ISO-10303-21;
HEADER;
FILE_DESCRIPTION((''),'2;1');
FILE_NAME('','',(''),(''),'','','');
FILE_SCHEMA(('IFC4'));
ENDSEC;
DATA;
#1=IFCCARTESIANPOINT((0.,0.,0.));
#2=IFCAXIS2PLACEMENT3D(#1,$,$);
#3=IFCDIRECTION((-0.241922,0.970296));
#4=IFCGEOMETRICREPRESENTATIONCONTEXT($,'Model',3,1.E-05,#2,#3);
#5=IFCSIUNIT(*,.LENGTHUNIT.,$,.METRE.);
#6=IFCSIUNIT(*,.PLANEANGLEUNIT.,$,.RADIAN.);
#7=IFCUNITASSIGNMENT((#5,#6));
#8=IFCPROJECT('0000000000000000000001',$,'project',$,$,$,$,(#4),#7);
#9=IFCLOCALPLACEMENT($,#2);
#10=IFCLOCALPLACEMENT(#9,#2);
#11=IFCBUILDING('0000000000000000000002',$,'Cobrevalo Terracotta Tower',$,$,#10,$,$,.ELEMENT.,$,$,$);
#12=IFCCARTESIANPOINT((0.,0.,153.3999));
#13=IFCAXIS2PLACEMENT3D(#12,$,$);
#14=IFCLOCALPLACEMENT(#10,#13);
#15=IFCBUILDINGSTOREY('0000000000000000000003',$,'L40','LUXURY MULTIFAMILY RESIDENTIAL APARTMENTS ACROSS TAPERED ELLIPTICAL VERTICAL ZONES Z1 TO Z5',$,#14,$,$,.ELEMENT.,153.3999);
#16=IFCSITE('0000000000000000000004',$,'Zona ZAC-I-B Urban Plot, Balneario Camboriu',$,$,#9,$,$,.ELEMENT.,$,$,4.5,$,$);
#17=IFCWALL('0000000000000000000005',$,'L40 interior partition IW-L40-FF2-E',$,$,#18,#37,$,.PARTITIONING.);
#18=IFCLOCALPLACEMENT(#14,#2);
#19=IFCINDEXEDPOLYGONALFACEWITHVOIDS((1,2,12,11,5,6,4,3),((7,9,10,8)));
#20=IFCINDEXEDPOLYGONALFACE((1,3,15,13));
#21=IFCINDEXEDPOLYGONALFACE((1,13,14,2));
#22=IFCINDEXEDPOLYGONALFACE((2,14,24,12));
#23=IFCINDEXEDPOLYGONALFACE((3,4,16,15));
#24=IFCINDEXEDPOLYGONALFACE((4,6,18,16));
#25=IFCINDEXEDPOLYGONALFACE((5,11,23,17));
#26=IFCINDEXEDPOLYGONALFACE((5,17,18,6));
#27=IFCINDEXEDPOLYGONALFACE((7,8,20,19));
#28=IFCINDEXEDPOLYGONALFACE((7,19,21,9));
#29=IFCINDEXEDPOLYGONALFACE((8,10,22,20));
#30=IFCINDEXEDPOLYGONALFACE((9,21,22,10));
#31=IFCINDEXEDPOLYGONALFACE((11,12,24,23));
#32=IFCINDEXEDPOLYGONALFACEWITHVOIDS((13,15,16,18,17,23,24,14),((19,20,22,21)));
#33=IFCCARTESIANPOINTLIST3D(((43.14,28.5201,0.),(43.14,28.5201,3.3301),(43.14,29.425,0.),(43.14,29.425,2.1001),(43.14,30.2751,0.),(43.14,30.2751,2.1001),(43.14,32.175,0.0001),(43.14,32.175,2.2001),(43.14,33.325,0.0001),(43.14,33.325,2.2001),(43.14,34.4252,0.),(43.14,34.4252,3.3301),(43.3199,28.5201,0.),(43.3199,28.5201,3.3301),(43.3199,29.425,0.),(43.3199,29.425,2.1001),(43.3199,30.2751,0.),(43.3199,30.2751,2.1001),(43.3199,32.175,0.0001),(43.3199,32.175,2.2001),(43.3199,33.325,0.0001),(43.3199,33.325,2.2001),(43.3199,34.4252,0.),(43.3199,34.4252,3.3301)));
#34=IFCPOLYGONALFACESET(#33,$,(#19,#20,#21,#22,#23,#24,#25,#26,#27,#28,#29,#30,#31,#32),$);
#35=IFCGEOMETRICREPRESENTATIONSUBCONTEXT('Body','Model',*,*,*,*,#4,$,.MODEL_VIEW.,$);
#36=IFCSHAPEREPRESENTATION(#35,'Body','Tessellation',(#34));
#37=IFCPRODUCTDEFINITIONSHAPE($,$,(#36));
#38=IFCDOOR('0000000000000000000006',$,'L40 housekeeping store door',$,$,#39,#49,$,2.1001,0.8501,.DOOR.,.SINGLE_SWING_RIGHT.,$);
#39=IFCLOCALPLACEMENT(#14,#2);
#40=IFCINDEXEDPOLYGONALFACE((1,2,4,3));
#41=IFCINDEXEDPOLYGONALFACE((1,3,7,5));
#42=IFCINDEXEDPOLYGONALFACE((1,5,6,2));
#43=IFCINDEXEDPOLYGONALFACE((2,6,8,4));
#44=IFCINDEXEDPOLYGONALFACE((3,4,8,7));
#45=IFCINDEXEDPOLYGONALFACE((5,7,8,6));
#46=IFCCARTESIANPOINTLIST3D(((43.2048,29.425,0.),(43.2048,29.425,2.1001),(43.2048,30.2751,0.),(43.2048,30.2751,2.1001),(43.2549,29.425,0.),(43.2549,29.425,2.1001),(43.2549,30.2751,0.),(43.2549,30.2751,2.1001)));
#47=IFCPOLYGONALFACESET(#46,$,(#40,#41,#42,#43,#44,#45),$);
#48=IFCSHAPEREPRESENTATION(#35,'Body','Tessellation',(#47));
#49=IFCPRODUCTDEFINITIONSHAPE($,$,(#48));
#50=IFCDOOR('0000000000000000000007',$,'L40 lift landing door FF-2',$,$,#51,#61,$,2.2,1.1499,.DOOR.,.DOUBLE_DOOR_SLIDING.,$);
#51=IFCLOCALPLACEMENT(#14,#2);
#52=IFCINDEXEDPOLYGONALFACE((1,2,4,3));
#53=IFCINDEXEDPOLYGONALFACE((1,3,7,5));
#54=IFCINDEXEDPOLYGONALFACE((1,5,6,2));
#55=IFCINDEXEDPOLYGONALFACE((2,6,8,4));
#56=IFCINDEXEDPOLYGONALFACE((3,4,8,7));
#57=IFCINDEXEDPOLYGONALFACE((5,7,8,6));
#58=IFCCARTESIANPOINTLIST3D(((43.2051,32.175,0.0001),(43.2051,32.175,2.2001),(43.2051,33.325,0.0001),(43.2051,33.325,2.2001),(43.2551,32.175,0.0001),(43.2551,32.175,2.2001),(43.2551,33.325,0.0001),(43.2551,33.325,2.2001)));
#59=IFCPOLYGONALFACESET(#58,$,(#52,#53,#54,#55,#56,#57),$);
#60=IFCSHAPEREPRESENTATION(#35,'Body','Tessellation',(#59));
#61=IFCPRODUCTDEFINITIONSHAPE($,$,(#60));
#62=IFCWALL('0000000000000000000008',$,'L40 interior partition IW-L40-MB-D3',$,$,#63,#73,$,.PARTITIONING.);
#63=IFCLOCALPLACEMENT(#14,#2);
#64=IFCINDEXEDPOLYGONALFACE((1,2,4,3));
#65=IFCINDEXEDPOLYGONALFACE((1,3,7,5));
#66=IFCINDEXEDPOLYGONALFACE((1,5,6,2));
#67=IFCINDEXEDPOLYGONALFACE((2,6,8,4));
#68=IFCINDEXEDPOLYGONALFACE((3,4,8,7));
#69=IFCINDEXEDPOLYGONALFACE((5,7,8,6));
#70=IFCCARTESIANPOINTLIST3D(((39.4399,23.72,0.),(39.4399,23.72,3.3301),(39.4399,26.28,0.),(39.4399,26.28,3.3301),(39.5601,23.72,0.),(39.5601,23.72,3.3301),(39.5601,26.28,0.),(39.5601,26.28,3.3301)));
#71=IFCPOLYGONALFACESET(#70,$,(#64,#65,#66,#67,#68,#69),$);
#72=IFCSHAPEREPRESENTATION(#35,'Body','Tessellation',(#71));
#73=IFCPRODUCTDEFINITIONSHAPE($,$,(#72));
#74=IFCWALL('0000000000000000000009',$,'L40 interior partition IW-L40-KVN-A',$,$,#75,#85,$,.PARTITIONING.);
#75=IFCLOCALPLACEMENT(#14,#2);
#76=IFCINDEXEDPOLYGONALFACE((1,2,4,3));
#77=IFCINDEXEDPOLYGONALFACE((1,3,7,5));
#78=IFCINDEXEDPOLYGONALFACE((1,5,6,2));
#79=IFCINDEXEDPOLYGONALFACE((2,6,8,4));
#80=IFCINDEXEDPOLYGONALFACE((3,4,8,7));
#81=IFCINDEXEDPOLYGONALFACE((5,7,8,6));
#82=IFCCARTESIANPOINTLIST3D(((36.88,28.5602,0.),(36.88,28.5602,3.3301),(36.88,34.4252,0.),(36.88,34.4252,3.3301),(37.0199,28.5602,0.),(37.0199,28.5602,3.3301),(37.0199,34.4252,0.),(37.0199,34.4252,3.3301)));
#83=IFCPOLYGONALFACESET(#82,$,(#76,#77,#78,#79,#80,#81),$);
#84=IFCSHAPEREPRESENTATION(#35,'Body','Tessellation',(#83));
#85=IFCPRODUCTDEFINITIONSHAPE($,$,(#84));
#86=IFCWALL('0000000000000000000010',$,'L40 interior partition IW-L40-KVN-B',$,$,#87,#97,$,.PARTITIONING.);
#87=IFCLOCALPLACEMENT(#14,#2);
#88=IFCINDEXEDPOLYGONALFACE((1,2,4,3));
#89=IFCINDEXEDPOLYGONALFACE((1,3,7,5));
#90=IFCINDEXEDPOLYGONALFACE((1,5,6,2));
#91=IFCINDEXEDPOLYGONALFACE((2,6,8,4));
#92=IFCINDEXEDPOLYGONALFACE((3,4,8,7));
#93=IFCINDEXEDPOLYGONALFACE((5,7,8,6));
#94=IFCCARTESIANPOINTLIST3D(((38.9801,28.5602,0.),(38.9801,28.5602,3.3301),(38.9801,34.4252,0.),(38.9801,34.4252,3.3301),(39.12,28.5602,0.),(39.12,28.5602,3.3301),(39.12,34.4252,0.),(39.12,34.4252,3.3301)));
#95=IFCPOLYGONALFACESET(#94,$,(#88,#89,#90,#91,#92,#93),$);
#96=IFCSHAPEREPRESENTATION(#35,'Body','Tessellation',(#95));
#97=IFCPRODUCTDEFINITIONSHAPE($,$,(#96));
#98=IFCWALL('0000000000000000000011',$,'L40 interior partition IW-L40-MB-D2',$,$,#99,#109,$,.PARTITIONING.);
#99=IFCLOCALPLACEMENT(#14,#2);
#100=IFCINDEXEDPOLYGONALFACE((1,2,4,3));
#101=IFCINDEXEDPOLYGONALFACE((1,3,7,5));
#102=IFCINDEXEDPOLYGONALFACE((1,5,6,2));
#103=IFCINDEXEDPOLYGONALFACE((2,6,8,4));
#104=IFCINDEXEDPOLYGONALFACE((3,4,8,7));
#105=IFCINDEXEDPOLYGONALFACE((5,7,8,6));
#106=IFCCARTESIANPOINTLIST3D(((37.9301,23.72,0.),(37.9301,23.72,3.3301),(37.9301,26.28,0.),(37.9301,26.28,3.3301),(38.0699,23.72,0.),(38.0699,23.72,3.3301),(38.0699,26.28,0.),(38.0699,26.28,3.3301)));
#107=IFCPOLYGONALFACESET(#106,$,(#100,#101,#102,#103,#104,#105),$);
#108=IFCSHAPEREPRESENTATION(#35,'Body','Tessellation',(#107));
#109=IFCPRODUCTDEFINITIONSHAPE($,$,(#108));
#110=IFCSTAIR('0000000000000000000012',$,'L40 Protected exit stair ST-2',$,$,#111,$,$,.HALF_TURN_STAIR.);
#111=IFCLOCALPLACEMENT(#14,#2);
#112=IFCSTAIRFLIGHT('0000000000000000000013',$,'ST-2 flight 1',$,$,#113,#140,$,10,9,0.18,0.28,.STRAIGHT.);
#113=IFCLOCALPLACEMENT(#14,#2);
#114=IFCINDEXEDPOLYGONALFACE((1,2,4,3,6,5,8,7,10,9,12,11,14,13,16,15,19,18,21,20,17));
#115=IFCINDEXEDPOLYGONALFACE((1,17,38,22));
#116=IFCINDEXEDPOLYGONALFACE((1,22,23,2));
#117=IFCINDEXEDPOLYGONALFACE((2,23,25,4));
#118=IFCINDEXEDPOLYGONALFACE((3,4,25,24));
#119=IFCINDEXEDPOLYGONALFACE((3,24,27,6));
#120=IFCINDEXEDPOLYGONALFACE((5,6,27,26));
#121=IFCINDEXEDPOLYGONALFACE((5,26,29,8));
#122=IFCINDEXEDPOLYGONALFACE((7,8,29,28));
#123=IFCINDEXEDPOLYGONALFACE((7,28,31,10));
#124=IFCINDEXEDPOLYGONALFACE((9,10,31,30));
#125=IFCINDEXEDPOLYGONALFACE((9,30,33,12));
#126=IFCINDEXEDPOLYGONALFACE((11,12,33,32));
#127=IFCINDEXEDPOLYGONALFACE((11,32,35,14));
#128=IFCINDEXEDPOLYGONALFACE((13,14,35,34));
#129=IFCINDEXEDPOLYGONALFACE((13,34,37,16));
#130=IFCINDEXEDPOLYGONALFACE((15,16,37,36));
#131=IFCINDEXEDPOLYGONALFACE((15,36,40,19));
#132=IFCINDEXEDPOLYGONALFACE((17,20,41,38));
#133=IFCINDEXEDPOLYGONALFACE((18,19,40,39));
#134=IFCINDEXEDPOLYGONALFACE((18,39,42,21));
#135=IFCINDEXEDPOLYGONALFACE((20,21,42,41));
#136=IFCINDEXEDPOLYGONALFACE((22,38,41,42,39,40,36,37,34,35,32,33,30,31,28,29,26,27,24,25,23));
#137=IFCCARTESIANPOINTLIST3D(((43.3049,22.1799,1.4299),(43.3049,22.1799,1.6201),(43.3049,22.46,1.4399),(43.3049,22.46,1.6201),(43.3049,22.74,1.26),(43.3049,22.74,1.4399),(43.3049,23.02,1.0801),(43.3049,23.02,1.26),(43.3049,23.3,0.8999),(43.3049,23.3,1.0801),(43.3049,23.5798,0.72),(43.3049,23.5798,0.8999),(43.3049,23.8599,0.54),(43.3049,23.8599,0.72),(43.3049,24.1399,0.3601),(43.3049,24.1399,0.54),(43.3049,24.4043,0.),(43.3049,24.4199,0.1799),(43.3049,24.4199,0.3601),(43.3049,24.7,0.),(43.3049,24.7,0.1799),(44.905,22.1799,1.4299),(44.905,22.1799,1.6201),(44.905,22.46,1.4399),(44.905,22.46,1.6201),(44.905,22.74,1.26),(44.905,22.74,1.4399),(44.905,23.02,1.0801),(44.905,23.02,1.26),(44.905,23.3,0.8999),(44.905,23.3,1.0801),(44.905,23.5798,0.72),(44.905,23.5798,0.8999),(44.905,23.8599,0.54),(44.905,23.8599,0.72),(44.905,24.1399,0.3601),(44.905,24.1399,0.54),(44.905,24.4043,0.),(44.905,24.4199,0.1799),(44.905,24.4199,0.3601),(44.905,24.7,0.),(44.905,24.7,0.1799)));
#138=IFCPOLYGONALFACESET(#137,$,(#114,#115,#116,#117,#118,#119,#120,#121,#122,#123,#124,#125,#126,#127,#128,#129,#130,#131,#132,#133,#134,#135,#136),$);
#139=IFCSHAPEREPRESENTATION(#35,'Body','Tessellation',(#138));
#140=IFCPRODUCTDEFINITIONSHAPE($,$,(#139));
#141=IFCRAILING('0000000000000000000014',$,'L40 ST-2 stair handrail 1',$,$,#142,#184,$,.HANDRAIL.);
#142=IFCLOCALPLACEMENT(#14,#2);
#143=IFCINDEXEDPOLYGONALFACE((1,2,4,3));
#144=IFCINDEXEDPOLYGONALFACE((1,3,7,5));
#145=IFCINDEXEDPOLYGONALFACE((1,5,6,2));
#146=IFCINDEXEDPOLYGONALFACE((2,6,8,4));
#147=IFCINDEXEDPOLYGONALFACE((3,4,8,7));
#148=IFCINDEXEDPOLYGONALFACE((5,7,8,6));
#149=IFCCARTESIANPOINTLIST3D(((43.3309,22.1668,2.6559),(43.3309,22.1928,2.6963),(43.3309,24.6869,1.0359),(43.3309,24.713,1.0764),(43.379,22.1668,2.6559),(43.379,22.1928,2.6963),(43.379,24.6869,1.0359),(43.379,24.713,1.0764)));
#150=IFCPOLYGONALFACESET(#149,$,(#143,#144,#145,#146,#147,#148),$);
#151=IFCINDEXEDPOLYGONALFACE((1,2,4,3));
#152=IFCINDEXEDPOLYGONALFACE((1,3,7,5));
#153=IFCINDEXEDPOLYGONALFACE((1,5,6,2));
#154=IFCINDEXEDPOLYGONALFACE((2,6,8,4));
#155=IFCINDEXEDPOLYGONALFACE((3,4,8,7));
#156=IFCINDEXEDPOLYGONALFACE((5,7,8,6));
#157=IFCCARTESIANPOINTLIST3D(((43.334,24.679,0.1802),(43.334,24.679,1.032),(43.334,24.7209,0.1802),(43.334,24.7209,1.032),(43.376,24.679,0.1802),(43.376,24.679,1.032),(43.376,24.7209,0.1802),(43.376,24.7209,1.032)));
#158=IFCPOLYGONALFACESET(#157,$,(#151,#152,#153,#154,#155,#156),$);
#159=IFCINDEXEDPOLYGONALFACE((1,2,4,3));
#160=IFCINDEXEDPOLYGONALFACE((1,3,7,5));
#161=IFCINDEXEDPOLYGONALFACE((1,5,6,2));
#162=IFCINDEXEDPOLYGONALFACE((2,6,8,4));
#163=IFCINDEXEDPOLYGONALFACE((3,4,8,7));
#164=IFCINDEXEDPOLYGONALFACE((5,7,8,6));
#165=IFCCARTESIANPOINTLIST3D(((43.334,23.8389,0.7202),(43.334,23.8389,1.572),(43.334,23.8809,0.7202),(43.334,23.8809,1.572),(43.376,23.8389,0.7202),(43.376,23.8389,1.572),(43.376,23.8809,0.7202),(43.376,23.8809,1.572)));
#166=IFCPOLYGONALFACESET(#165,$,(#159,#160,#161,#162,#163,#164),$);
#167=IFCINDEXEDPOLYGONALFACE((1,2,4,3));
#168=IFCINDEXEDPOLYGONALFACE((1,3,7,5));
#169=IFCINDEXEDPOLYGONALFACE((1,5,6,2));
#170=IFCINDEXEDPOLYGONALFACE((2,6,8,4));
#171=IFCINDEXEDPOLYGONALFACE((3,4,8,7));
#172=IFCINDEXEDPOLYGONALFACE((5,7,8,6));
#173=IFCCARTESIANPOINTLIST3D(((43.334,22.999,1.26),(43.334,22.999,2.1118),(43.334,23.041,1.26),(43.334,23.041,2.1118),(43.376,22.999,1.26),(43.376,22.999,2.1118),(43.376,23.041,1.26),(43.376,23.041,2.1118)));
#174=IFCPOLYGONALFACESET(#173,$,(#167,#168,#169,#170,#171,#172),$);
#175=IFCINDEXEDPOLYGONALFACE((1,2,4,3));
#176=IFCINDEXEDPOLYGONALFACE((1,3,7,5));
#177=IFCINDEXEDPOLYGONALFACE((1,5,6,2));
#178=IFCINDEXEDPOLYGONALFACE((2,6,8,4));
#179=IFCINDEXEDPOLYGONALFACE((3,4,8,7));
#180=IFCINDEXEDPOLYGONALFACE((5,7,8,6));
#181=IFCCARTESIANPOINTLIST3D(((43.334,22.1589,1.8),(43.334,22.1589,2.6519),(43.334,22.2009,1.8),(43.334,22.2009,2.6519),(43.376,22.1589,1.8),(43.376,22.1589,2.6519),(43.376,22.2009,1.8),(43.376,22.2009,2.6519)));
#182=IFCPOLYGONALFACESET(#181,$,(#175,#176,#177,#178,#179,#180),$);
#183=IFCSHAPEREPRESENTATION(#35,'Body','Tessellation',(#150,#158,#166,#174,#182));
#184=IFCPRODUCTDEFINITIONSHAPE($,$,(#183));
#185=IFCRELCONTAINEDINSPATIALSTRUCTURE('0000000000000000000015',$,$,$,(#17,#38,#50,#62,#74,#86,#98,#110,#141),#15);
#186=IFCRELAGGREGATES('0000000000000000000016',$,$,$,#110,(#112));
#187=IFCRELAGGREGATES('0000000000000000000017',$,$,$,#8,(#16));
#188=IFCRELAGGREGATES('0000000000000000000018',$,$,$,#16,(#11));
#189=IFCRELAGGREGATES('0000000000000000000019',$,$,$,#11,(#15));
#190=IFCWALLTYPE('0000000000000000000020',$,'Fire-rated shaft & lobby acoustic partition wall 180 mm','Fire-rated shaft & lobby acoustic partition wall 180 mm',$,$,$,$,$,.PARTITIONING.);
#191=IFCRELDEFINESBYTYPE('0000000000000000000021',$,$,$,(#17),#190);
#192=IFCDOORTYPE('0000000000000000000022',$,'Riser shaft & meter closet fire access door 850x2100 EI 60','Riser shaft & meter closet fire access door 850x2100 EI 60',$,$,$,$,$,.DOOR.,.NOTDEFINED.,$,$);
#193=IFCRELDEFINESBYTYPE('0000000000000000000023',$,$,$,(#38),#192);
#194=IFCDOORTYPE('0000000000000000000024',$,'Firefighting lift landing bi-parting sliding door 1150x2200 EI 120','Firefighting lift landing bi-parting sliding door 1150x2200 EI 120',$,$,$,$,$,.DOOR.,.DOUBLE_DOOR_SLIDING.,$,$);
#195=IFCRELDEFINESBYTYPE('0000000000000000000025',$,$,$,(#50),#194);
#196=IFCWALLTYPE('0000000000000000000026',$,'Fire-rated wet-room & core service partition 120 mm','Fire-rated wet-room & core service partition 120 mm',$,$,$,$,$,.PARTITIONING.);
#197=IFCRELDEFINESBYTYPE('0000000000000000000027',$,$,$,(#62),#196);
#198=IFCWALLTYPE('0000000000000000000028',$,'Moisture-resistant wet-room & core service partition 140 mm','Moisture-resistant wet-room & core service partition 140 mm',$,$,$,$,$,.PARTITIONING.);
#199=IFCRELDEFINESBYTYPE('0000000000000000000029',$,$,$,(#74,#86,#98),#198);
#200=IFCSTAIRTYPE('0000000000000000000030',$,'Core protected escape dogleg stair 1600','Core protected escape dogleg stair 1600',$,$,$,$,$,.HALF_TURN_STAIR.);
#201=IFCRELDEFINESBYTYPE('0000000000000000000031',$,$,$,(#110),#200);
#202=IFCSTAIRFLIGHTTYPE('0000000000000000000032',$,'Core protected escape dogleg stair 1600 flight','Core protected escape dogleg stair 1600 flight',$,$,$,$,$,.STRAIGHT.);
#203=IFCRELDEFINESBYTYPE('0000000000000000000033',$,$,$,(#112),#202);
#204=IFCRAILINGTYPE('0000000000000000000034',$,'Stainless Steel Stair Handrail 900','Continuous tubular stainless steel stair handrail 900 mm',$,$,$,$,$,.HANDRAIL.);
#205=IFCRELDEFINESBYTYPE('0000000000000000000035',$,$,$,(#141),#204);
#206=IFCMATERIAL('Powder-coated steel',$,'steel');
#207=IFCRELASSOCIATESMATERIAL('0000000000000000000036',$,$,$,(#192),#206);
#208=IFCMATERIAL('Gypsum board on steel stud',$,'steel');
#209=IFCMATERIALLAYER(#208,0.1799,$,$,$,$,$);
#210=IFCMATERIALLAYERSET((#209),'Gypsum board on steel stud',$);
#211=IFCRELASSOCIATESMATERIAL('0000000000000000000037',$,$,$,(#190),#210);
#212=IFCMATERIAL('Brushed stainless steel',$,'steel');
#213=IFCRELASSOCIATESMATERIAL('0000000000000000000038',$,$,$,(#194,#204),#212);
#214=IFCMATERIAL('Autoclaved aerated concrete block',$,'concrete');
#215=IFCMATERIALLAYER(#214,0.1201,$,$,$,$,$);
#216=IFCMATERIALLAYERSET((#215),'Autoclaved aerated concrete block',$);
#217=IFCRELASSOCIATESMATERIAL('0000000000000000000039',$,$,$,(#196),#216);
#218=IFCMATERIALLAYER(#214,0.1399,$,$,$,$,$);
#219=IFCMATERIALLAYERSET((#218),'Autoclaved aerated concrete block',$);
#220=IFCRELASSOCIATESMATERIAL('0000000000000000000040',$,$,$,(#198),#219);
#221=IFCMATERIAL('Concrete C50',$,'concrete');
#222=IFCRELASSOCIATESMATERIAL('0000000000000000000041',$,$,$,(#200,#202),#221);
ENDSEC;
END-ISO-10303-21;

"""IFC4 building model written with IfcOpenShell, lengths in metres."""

from ifc_helpers import new_model, si_unit, direction, frame, frame_2d, origin, origin_2d, place, context, subcontext, project, spatial, polyline, rectangle, outline, extrude, source, transform, mapped, material, layer, layer_set, type_object, element, fill, aggregate, save


model = new_model("IFC4")

# Units and contexts
model_context = context("Model", 3, precision=1e-05, world=origin(), true_north=direction((-0.241922, 0.970296)))
body_context = subcontext(model_context, "Body", "Model", "MODEL_VIEW")
ifc_project = project(units=[si_unit("LENGTHUNIT", "METRE"), si_unit("PLANEANGLEUNIT", "RADIAN")], contexts=[model_context])

# Site, building, storey
site_placement = place(None, origin())
site = spatial("IfcSite", under=ifc_project, at=site_placement, Name="Zona ZAC-I-B Urban Plot, Balneario Camboriu", CompositionType="ELEMENT", RefElevation=4.5)
building_placement = place(site_placement, origin())
building = spatial("IfcBuilding", under=site, at=building_placement, Name="Cobrevalo Terracotta Tower", CompositionType="ELEMENT")
storey_placement = place(building_placement, frame((0.0, 0.0, 153.3999)))
storey = spatial("IfcBuildingStorey", under=building, at=storey_placement, Name="L40", Description="LUXURY MULTIFAMILY RESIDENTIAL APARTMENTS ACROSS TAPERED ELLIPTICAL VERTICAL ZONES Z1 TO Z5", CompositionType="ELEMENT", Elevation=153.3999)

# Shared definitions
ifc_material_1 = material(Name="Gypsum board on steel stud", Category="steel")

# Shared definitions
ifc_material_2 = material(Name="Powder-coated steel", Category="steel")
door_type_1 = type_object("IfcDoorType", Name="Riser shaft & meter closet fire access door 850x2100 EI 60", Description="Riser shaft & meter closet fire access door 850x2100 EI 60", OperationType="NOTDEFINED", PredefinedType="DOOR", material=ifc_material_2)
shared_shape_1 = source(origin(), body_context, "Body", "SweptSolid", [
    extrude(rectangle(XDim=0.8501, YDim=2.1001, at=frame_2d((0.425, 1.05))), frame((0.0, 0.0249, 0.0), z_axis=(0.0, -1.0, 0.0), x_axis=(1.0, 0.0, 0.0)), (0.0, 0.0, 1.0), 0.05),
])
ifc_material_3 = material(Name="Brushed stainless steel", Category="steel")

# Shared definitions
ifc_layer_1 = layer(ifc_material_1, 0.1799)
ifc_layer_set_1 = layer_set([ifc_layer_1], Name="Gypsum board on steel stud")
wall_type_1 = type_object("IfcWallType", Name="Fire-rated shaft & lobby acoustic partition wall 180 mm", Description="Fire-rated shaft & lobby acoustic partition wall 180 mm", PredefinedType="PARTITIONING", material=ifc_layer_set_1)

# Wall, openings, doors
wall_1_placement = place(storey_placement, frame((43.23, 28.52, 0.0), z_axis=(0.0, 0.0, 1.0), x_axis=(0.0, 1.0, 0.0)))
wall_1 = element("IfcWall", 1, at=wall_1_placement, inside=storey, type_object=wall_type_1, Name="L40 interior partition IW-L40-FF2-E", PredefinedType="PARTITIONING", context=body_context, shape_type="SweptSolid", body=[
    extrude(rectangle(XDim=5.905, YDim=0.1799, at=frame_2d((2.9526, 0.0))), origin(), (0.0, 0.0, 1.0), 3.3301),
])
opening_1_placement = place(wall_1_placement, frame((0.905, 0.0, 0.0)))
opening_1 = element("IfcOpeningElement", 2, at=opening_1_placement, cuts=wall_1, PredefinedType="OPENING", context=body_context, shape_type="SweptSolid", body=[
    extrude(rectangle(XDim=0.8501, YDim=2.1001, at=frame_2d((0.425, 1.05))), frame((0.0, 0.1001, 0.0), z_axis=(0.0, -1.0, 0.0), x_axis=(1.0, 0.0, 0.0)), (0.0, 0.0, 1.0), 0.2),
])
opening_2_placement = place(wall_1_placement, frame((3.655, 0.0, 0.0)))
opening_2 = element("IfcOpeningElement", 3, at=opening_2_placement, cuts=wall_1, PredefinedType="OPENING", context=body_context, shape_type="SweptSolid", body=[
    extrude(rectangle(XDim=1.1499, YDim=2.2, at=frame_2d((0.575, 1.1001))), frame((0.0, 0.1001, 0.0), z_axis=(0.0, -1.0, 0.0), x_axis=(1.0, 0.0, 0.0)), (0.0, 0.0, 1.0), 0.2),
])
door_1_placement = place(opening_1_placement, frame((0.8501, 0.0, 0.0), z_axis=(0.0, 0.0, 1.0), x_axis=(-1.0, 0.0, 0.0)))
door_1 = element("IfcDoor", 4, at=door_1_placement, inside=storey, type_object=door_type_1, Name="L40 housekeeping store door", OperationType="SINGLE_SWING_RIGHT", OverallHeight=2.1001, OverallWidth=0.8501, PredefinedType="DOOR", context=body_context, shape_type="MappedRepresentation", body=[
    mapped(shared_shape_1, transform((0.0, 0.0, 0.0), scale=1.0)),
])
fill(opening_1, door_1)
door_type_2 = type_object("IfcDoorType", Name="Firefighting lift landing bi-parting sliding door 1150x2200 EI 120", Description="Firefighting lift landing bi-parting sliding door 1150x2200 EI 120", OperationType="DOUBLE_DOOR_SLIDING", PredefinedType="DOOR", material=ifc_material_3)
shared_shape_2 = source(origin(), body_context, "Body", "SweptSolid", [
    extrude(rectangle(XDim=1.1499, YDim=2.2, at=frame_2d((0.575, 1.1001))), frame((0.0, 0.0249, 0.0), z_axis=(0.0, -1.0, 0.0), x_axis=(1.0, 0.0, 0.0)), (0.0, 0.0, 1.0), 0.05),
])
door_2_placement = place(opening_2_placement, origin())
door_2 = element("IfcDoor", 5, at=door_2_placement, inside=storey, type_object=door_type_2, Name="L40 lift landing door FF-2", OperationType="DOUBLE_DOOR_SLIDING", OverallHeight=2.2, OverallWidth=1.1499, PredefinedType="DOOR", context=body_context, shape_type="MappedRepresentation", body=[
    mapped(shared_shape_2, transform((0.0, 0.0, 0.0), scale=1.0)),
])
fill(opening_2, door_2)

# Walls
ifc_material_4 = material(Name="Autoclaved aerated concrete block", Category="concrete")
ifc_layer_2 = layer(ifc_material_4, 0.1201)
ifc_layer_set_2 = layer_set([ifc_layer_2], Name="Autoclaved aerated concrete block")
wall_type_2 = type_object("IfcWallType", Name="Fire-rated wet-room & core service partition 120 mm", Description="Fire-rated wet-room & core service partition 120 mm", PredefinedType="PARTITIONING", material=ifc_layer_set_2)
wall_2_placement = place(storey_placement, frame((39.5, 23.72, 0.0), z_axis=(0.0, 0.0, 1.0), x_axis=(0.0, 1.0, 0.0)))
element("IfcWall", 6, at=wall_2_placement, inside=storey, type_object=wall_type_2, Name="L40 interior partition IW-L40-MB-D3", PredefinedType="PARTITIONING", context=body_context, shape_type="SweptSolid", body=[
    extrude(rectangle(XDim=2.5601, YDim=0.1201, at=frame_2d((1.28, 0.0))), origin(), (0.0, 0.0, 1.0), 3.3301),
])
ifc_layer_3 = layer(ifc_material_4, 0.1399)
ifc_layer_set_3 = layer_set([ifc_layer_3], Name="Autoclaved aerated concrete block")
wall_type_3 = type_object("IfcWallType", Name="Moisture-resistant wet-room & core service partition 140 mm", Description="Moisture-resistant wet-room & core service partition 140 mm", PredefinedType="PARTITIONING", material=ifc_layer_set_3)
for number, where, z_axis, x_axis, name in (
    (7, (36.95, 28.5601, 0.0), (0.0, 0.0, 1.0), (0.0, 1.0, 0.0), "L40 interior partition IW-L40-KVN-A"),
    (8, (39.05, 28.5601, 0.0), (0.0, 0.0, 1.0), (0.0, 1.0, 0.0), "L40 interior partition IW-L40-KVN-B"),
):
    element("IfcWall", number, at=place(storey_placement, frame(where, z_axis=z_axis, x_axis=x_axis)), inside=storey, type_object=wall_type_3, Name=name, PredefinedType="PARTITIONING", context=body_context, shape_type="SweptSolid", body=[
        extrude(rectangle(XDim=5.865, YDim=0.1399, at=frame_2d((2.9326, 0.0))), origin(), (0.0, 0.0, 1.0), 3.3301),
    ])
wall_3_placement = place(storey_placement, frame((38.0, 23.72, 0.0), z_axis=(0.0, 0.0, 1.0), x_axis=(0.0, 1.0, 0.0)))
element("IfcWall", 9, at=wall_3_placement, inside=storey, type_object=wall_type_3, Name="L40 interior partition IW-L40-MB-D2", PredefinedType="PARTITIONING", context=body_context, shape_type="SweptSolid", body=[
    extrude(rectangle(XDim=2.5601, YDim=0.1399, at=frame_2d((1.28, 0.0))), origin(), (0.0, 0.0, 1.0), 3.3301),
])

# Shared definitions
ifc_material_5 = material(Name="Concrete C50", Category="concrete")

# Stair, stair flight
stair_type = type_object("IfcStairType", Name="Core protected escape dogleg stair 1600", Description="Core protected escape dogleg stair 1600", PredefinedType="HALF_TURN_STAIR", material=ifc_material_5)
stair_placement = place(storey_placement, origin())
stair = element("IfcStair", 10, at=stair_placement, inside=storey, type_object=stair_type, Name="L40 Protected exit stair ST-2", PredefinedType="HALF_TURN_STAIR")
stair_flight_type = type_object("IfcStairFlightType", Name="Core protected escape dogleg stair 1600 flight", Description="Core protected escape dogleg stair 1600 flight", PredefinedType="STRAIGHT", material=ifc_material_5)
stair_flight_placement = place(storey_placement, frame((44.105, 24.7, 0.0), z_axis=(0.0, 0.0, 1.0), x_axis=(0.0, -1.0, 0.0)))
stair_flight = element("IfcStairFlight", 11, at=stair_flight_placement, type_object=stair_flight_type, Name="ST-2 flight 1", NumberOfRisers=10, NumberOfTreads=9, PredefinedType="STRAIGHT", RiserHeight=0.18, TreadLength=0.28, context=body_context, shape_type="SweptSolid", body=[
    extrude(outline(polyline([(0.0, 0.0), (0.0, 0.1799), (0.28, 0.1799), (0.28, 0.3601), (0.5601, 0.3601), (0.5601, 0.54), (0.8401, 0.54), (0.8401, 0.72), (1.1201, 0.72), (1.1201, 0.8999), (1.3999, 0.8999), (1.3999, 1.0801), (1.6799, 1.0801), (1.6799, 1.26), (1.96, 1.26), (1.96, 1.4399), (2.24, 1.4399), (2.24, 1.6201), (2.52, 1.6201), (2.52, 1.8), (2.52, 1.4299), (0.2957, 0.0), (0.0, 0.0)])), frame((0.0, 0.8, 0.0), z_axis=(0.0, -1.0, 0.0), x_axis=(1.0, 0.0, 0.0)), (0.0, 0.0, 1.0), 1.6001),
])
aggregate(stair, [stair_flight])

# Railing
railing_type_1 = type_object("IfcRailingType", Name="Stainless Steel Stair Handrail 900", Description="Continuous tubular stainless steel stair handrail 900 mm", PredefinedType="HANDRAIL", material=ifc_material_3)
railing_1_placement = place(storey_placement, frame((43.355, 24.7, 0.1802)))
element("IfcRailing", 12, at=railing_1_placement, inside=storey, type_object=railing_type_1, Name="L40 ST-2 stair handrail 1", PredefinedType="HANDRAIL", context=body_context, shape_type="SweptSolid", body=[
    extrude(rectangle(XDim=0.0481, YDim=0.0481, at=origin_2d()), frame((0.0, 0.0, 0.876), z_axis=(0.0, -0.8412, 0.540725), x_axis=(1.0, 0.0, 0.0)), (0.0, 0.0, 1.0), 2.9958),
    extrude(rectangle(XDim=0.042, YDim=0.042, at=origin_2d()), origin(), (0.0, 0.0, 1.0), 0.8518),
    extrude(rectangle(XDim=0.042, YDim=0.042, at=origin_2d()), frame((0.0, -0.8401, 0.54)), (0.0, 0.0, 1.0), 0.8518),
    extrude(rectangle(XDim=0.042, YDim=0.042, at=origin_2d()), frame((0.0, -1.6799, 1.0798)), (0.0, 0.0, 1.0), 0.8518),
    extrude(rectangle(XDim=0.042, YDim=0.042, at=origin_2d()), frame((0.0, -2.52, 1.6199)), (0.0, 0.0, 1.0), 0.8518),
])

save(model, "model.ifc")
